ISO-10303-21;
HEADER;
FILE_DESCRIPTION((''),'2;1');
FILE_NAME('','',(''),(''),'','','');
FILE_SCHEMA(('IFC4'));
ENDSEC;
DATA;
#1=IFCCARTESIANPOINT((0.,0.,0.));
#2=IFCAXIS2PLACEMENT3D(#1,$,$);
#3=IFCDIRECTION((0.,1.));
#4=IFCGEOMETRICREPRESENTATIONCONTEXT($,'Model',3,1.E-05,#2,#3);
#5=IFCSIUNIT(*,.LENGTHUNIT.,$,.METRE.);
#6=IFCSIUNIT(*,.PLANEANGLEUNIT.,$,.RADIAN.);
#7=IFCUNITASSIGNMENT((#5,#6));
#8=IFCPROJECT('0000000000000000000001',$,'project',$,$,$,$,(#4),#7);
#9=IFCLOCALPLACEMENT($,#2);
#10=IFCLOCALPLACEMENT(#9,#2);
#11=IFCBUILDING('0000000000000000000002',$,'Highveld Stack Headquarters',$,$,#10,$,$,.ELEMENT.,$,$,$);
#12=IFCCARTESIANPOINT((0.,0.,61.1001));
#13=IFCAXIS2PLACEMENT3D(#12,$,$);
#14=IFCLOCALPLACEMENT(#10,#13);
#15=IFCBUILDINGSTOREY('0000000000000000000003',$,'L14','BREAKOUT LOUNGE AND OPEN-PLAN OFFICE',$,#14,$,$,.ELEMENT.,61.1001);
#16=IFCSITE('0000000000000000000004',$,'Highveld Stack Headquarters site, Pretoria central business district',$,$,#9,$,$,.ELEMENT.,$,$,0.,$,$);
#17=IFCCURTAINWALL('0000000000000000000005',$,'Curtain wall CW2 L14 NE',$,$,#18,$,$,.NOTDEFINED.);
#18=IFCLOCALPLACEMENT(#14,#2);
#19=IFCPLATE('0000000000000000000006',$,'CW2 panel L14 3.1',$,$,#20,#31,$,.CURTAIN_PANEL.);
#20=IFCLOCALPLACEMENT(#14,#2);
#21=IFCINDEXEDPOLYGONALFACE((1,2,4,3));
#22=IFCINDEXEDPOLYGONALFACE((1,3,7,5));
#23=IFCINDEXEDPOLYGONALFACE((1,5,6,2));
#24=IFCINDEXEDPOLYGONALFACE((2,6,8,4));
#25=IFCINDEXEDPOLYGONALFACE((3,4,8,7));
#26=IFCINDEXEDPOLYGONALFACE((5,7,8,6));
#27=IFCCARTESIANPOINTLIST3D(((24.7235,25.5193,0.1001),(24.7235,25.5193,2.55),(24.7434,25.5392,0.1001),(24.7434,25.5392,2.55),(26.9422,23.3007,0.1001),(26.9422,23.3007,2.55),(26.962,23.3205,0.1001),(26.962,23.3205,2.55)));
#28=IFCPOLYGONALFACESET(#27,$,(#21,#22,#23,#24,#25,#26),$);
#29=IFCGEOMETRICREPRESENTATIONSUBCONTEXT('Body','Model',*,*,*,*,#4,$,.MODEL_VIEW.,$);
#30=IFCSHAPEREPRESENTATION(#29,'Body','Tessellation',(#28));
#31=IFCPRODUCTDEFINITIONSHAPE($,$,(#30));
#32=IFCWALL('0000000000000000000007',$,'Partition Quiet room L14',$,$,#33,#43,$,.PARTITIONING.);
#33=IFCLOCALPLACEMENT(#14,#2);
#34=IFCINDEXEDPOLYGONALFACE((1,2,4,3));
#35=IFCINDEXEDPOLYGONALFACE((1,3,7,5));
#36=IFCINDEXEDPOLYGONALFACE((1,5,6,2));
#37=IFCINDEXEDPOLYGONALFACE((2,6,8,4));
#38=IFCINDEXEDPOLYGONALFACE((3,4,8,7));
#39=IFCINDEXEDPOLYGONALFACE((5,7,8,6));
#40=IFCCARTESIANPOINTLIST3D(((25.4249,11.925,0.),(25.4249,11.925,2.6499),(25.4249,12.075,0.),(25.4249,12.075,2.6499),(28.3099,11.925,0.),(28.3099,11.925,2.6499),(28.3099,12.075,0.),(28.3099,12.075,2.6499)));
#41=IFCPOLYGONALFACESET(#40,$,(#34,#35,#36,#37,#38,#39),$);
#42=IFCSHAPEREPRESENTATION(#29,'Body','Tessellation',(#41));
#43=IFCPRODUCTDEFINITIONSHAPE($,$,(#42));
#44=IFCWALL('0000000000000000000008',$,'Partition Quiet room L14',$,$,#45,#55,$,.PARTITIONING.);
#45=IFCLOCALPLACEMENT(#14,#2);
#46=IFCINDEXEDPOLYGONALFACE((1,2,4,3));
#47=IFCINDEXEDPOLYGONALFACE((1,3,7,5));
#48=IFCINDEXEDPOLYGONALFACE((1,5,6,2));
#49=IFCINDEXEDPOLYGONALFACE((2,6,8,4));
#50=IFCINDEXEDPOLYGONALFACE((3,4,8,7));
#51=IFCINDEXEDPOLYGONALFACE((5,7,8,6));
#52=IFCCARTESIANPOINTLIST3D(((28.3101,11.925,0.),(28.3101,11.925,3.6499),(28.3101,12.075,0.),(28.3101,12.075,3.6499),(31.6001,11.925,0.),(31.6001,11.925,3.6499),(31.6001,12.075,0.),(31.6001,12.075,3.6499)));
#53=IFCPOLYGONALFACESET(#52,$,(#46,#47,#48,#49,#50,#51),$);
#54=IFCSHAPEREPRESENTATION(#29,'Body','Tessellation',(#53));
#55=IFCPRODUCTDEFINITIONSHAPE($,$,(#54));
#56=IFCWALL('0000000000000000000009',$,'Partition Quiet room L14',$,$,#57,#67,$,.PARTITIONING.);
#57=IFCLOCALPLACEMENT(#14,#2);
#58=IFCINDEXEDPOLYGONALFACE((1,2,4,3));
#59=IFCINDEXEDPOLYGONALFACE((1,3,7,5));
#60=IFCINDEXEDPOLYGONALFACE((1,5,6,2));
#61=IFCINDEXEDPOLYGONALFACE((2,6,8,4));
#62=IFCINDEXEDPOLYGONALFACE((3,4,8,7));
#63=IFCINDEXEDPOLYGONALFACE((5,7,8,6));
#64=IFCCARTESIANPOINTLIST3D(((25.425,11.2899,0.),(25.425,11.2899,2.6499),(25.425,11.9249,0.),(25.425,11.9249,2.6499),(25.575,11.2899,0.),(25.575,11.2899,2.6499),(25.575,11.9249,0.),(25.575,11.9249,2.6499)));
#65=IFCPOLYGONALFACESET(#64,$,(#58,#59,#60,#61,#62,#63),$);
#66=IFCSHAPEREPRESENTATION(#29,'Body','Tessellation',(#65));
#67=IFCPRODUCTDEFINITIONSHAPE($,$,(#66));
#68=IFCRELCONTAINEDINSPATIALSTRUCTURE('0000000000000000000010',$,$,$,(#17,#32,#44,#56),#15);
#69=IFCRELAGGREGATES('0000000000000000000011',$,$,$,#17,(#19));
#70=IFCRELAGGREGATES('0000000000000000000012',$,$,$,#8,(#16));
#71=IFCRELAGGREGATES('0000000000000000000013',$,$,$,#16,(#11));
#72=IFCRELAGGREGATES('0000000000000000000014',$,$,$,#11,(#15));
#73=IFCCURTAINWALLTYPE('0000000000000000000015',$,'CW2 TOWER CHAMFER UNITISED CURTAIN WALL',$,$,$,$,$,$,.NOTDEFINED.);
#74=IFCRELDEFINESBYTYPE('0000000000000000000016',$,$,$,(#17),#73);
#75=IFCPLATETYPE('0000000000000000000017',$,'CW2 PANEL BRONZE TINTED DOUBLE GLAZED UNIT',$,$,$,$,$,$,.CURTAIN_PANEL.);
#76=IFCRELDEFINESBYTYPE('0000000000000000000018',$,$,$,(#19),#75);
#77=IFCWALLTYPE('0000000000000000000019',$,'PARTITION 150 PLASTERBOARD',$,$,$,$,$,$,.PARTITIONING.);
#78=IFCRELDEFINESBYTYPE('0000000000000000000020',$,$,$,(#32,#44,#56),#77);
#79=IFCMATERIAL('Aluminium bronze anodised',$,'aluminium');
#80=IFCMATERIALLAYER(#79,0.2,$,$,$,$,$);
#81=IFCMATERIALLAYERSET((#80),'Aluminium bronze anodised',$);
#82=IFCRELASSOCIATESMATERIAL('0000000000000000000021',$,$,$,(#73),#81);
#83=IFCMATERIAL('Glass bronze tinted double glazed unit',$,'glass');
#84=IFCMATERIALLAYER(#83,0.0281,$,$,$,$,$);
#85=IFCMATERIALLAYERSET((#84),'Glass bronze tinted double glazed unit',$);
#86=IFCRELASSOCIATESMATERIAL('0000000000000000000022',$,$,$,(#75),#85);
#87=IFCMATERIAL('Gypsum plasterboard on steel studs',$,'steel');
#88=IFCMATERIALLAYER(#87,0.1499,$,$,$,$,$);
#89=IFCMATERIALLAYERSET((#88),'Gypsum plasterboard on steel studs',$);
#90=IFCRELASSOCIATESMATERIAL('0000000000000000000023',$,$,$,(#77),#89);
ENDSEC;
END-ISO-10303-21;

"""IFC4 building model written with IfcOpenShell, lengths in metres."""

from ifc_helpers import new_model, si_unit, direction, frame, frame_2d, origin, origin_2d, place, context, subcontext, project, spatial, rectangle, extrude, material, layer, layer_set, type_object, element, aggregate, save


model = new_model("IFC4")

# Units and contexts
model_context = context("Model", 3, precision=1e-05, world=origin(), true_north=direction((0.0, 1.0)))
body_context = subcontext(model_context, "Body", "Model", "MODEL_VIEW")
ifc_project = project(units=[si_unit("LENGTHUNIT", "METRE"), si_unit("PLANEANGLEUNIT", "RADIAN")], contexts=[model_context])

# Site, building, storey
site_placement = place(None, origin())
site = spatial("IfcSite", under=ifc_project, at=site_placement, Name="Highveld Stack Headquarters site, Pretoria central business district", CompositionType="ELEMENT", RefElevation=0.0)
building_placement = place(site_placement, origin())
building = spatial("IfcBuilding", under=site, at=building_placement, Name="Highveld Stack Headquarters", CompositionType="ELEMENT")
storey_placement = place(building_placement, frame((0.0, 0.0, 61.1001)))
storey = spatial("IfcBuildingStorey", under=building, at=storey_placement, Name="L14", Description="BREAKOUT LOUNGE AND OPEN-PLAN OFFICE", CompositionType="ELEMENT", Elevation=61.1001)

# Curtain wall
ifc_material_1 = material(Name="Aluminium bronze anodised", Category="aluminium")
ifc_layer_1 = layer(ifc_material_1, 0.2)
ifc_layer_set_1 = layer_set([ifc_layer_1], Name="Aluminium bronze anodised")
curtain_wall_type_1 = type_object("IfcCurtainWallType", Name="CW2 TOWER CHAMFER UNITISED CURTAIN WALL", PredefinedType="NOTDEFINED", material=ifc_layer_set_1)
curtain_wall_1_placement = place(storey_placement, origin())
curtain_wall_1 = element("IfcCurtainWall", 1, at=curtain_wall_1_placement, inside=storey, type_object=curtain_wall_type_1, Name="Curtain wall CW2 L14 NE", PredefinedType="NOTDEFINED")

# Plate
ifc_material_2 = material(Name="Glass bronze tinted double glazed unit", Category="glass")
ifc_layer_2 = layer(ifc_material_2, 0.0281)
ifc_layer_set_2 = layer_set([ifc_layer_2], Name="Glass bronze tinted double glazed unit")
plate_type_1 = type_object("IfcPlateType", Name="CW2 PANEL BRONZE TINTED DOUBLE GLAZED UNIT", PredefinedType="CURTAIN_PANEL", material=ifc_layer_set_2)
plate_1_placement = place(storey_placement, frame((25.8428, 24.4199, 0.1001), z_axis=(0.0, 0.0, 1.0), x_axis=(-0.707107, 0.707107, 0.0)))
plate_1 = element("IfcPlate", 2, at=plate_1_placement, type_object=plate_type_1, Name="CW2 panel L14 3.1", PredefinedType="CURTAIN_PANEL", context=body_context, shape_type="SweptSolid", body=[
    extrude(rectangle(XDim=3.1377, YDim=0.0281, at=origin_2d()), origin(), (0.0, 0.0, 1.0), 2.45),
])
aggregate(curtain_wall_1, [plate_1])

# Walls
ifc_material_3 = material(Name="Gypsum plasterboard on steel studs", Category="steel")
ifc_layer_3 = layer(ifc_material_3, 0.1499)
ifc_layer_set_3 = layer_set([ifc_layer_3], Name="Gypsum plasterboard on steel studs")
wall_type = type_object("IfcWallType", Name="PARTITION 150 PLASTERBOARD", PredefinedType="PARTITIONING", material=ifc_layer_set_3)
wall_1_placement = place(storey_placement, frame((25.425, 12.0, 0.0), z_axis=(0.0, 0.0, 1.0), x_axis=(1.0, 0.0, 0.0)))
element("IfcWall", 3, at=wall_1_placement, inside=storey, type_object=wall_type, Name="Partition Quiet room L14", PredefinedType="PARTITIONING", context=body_context, shape_type="SweptSolid", body=[
    extrude(rectangle(XDim=2.885, YDim=0.1499, at=frame_2d((1.4424, 0.0))), origin(), (0.0, 0.0, 1.0), 2.6499),
])
wall_2_placement = place(storey_placement, frame((28.3101, 12.0, 0.0), z_axis=(0.0, 0.0, 1.0), x_axis=(1.0, 0.0, 0.0)))
element("IfcWall", 4, at=wall_2_placement, inside=storey, type_object=wall_type, Name="Partition Quiet room L14", PredefinedType="PARTITIONING", context=body_context, shape_type="SweptSolid", body=[
    extrude(rectangle(XDim=3.29, YDim=0.1499, at=frame_2d((1.645, 0.0))), origin(), (0.0, 0.0, 1.0), 3.6499),
])
wall_3_placement = place(storey_placement, frame((25.5, 11.29, 0.0), z_axis=(0.0, 0.0, 1.0), x_axis=(0.0, 1.0, 0.0)))
element("IfcWall", 5, at=wall_3_placement, inside=storey, type_object=wall_type, Name="Partition Quiet room L14", PredefinedType="PARTITIONING", context=body_context, shape_type="SweptSolid", body=[
    extrude(rectangle(XDim=0.635, YDim=0.1499, at=frame_2d((0.3174, 0.0))), origin(), (0.0, 0.0, 1.0), 2.6499),
])

save(model, "model.ifc")
